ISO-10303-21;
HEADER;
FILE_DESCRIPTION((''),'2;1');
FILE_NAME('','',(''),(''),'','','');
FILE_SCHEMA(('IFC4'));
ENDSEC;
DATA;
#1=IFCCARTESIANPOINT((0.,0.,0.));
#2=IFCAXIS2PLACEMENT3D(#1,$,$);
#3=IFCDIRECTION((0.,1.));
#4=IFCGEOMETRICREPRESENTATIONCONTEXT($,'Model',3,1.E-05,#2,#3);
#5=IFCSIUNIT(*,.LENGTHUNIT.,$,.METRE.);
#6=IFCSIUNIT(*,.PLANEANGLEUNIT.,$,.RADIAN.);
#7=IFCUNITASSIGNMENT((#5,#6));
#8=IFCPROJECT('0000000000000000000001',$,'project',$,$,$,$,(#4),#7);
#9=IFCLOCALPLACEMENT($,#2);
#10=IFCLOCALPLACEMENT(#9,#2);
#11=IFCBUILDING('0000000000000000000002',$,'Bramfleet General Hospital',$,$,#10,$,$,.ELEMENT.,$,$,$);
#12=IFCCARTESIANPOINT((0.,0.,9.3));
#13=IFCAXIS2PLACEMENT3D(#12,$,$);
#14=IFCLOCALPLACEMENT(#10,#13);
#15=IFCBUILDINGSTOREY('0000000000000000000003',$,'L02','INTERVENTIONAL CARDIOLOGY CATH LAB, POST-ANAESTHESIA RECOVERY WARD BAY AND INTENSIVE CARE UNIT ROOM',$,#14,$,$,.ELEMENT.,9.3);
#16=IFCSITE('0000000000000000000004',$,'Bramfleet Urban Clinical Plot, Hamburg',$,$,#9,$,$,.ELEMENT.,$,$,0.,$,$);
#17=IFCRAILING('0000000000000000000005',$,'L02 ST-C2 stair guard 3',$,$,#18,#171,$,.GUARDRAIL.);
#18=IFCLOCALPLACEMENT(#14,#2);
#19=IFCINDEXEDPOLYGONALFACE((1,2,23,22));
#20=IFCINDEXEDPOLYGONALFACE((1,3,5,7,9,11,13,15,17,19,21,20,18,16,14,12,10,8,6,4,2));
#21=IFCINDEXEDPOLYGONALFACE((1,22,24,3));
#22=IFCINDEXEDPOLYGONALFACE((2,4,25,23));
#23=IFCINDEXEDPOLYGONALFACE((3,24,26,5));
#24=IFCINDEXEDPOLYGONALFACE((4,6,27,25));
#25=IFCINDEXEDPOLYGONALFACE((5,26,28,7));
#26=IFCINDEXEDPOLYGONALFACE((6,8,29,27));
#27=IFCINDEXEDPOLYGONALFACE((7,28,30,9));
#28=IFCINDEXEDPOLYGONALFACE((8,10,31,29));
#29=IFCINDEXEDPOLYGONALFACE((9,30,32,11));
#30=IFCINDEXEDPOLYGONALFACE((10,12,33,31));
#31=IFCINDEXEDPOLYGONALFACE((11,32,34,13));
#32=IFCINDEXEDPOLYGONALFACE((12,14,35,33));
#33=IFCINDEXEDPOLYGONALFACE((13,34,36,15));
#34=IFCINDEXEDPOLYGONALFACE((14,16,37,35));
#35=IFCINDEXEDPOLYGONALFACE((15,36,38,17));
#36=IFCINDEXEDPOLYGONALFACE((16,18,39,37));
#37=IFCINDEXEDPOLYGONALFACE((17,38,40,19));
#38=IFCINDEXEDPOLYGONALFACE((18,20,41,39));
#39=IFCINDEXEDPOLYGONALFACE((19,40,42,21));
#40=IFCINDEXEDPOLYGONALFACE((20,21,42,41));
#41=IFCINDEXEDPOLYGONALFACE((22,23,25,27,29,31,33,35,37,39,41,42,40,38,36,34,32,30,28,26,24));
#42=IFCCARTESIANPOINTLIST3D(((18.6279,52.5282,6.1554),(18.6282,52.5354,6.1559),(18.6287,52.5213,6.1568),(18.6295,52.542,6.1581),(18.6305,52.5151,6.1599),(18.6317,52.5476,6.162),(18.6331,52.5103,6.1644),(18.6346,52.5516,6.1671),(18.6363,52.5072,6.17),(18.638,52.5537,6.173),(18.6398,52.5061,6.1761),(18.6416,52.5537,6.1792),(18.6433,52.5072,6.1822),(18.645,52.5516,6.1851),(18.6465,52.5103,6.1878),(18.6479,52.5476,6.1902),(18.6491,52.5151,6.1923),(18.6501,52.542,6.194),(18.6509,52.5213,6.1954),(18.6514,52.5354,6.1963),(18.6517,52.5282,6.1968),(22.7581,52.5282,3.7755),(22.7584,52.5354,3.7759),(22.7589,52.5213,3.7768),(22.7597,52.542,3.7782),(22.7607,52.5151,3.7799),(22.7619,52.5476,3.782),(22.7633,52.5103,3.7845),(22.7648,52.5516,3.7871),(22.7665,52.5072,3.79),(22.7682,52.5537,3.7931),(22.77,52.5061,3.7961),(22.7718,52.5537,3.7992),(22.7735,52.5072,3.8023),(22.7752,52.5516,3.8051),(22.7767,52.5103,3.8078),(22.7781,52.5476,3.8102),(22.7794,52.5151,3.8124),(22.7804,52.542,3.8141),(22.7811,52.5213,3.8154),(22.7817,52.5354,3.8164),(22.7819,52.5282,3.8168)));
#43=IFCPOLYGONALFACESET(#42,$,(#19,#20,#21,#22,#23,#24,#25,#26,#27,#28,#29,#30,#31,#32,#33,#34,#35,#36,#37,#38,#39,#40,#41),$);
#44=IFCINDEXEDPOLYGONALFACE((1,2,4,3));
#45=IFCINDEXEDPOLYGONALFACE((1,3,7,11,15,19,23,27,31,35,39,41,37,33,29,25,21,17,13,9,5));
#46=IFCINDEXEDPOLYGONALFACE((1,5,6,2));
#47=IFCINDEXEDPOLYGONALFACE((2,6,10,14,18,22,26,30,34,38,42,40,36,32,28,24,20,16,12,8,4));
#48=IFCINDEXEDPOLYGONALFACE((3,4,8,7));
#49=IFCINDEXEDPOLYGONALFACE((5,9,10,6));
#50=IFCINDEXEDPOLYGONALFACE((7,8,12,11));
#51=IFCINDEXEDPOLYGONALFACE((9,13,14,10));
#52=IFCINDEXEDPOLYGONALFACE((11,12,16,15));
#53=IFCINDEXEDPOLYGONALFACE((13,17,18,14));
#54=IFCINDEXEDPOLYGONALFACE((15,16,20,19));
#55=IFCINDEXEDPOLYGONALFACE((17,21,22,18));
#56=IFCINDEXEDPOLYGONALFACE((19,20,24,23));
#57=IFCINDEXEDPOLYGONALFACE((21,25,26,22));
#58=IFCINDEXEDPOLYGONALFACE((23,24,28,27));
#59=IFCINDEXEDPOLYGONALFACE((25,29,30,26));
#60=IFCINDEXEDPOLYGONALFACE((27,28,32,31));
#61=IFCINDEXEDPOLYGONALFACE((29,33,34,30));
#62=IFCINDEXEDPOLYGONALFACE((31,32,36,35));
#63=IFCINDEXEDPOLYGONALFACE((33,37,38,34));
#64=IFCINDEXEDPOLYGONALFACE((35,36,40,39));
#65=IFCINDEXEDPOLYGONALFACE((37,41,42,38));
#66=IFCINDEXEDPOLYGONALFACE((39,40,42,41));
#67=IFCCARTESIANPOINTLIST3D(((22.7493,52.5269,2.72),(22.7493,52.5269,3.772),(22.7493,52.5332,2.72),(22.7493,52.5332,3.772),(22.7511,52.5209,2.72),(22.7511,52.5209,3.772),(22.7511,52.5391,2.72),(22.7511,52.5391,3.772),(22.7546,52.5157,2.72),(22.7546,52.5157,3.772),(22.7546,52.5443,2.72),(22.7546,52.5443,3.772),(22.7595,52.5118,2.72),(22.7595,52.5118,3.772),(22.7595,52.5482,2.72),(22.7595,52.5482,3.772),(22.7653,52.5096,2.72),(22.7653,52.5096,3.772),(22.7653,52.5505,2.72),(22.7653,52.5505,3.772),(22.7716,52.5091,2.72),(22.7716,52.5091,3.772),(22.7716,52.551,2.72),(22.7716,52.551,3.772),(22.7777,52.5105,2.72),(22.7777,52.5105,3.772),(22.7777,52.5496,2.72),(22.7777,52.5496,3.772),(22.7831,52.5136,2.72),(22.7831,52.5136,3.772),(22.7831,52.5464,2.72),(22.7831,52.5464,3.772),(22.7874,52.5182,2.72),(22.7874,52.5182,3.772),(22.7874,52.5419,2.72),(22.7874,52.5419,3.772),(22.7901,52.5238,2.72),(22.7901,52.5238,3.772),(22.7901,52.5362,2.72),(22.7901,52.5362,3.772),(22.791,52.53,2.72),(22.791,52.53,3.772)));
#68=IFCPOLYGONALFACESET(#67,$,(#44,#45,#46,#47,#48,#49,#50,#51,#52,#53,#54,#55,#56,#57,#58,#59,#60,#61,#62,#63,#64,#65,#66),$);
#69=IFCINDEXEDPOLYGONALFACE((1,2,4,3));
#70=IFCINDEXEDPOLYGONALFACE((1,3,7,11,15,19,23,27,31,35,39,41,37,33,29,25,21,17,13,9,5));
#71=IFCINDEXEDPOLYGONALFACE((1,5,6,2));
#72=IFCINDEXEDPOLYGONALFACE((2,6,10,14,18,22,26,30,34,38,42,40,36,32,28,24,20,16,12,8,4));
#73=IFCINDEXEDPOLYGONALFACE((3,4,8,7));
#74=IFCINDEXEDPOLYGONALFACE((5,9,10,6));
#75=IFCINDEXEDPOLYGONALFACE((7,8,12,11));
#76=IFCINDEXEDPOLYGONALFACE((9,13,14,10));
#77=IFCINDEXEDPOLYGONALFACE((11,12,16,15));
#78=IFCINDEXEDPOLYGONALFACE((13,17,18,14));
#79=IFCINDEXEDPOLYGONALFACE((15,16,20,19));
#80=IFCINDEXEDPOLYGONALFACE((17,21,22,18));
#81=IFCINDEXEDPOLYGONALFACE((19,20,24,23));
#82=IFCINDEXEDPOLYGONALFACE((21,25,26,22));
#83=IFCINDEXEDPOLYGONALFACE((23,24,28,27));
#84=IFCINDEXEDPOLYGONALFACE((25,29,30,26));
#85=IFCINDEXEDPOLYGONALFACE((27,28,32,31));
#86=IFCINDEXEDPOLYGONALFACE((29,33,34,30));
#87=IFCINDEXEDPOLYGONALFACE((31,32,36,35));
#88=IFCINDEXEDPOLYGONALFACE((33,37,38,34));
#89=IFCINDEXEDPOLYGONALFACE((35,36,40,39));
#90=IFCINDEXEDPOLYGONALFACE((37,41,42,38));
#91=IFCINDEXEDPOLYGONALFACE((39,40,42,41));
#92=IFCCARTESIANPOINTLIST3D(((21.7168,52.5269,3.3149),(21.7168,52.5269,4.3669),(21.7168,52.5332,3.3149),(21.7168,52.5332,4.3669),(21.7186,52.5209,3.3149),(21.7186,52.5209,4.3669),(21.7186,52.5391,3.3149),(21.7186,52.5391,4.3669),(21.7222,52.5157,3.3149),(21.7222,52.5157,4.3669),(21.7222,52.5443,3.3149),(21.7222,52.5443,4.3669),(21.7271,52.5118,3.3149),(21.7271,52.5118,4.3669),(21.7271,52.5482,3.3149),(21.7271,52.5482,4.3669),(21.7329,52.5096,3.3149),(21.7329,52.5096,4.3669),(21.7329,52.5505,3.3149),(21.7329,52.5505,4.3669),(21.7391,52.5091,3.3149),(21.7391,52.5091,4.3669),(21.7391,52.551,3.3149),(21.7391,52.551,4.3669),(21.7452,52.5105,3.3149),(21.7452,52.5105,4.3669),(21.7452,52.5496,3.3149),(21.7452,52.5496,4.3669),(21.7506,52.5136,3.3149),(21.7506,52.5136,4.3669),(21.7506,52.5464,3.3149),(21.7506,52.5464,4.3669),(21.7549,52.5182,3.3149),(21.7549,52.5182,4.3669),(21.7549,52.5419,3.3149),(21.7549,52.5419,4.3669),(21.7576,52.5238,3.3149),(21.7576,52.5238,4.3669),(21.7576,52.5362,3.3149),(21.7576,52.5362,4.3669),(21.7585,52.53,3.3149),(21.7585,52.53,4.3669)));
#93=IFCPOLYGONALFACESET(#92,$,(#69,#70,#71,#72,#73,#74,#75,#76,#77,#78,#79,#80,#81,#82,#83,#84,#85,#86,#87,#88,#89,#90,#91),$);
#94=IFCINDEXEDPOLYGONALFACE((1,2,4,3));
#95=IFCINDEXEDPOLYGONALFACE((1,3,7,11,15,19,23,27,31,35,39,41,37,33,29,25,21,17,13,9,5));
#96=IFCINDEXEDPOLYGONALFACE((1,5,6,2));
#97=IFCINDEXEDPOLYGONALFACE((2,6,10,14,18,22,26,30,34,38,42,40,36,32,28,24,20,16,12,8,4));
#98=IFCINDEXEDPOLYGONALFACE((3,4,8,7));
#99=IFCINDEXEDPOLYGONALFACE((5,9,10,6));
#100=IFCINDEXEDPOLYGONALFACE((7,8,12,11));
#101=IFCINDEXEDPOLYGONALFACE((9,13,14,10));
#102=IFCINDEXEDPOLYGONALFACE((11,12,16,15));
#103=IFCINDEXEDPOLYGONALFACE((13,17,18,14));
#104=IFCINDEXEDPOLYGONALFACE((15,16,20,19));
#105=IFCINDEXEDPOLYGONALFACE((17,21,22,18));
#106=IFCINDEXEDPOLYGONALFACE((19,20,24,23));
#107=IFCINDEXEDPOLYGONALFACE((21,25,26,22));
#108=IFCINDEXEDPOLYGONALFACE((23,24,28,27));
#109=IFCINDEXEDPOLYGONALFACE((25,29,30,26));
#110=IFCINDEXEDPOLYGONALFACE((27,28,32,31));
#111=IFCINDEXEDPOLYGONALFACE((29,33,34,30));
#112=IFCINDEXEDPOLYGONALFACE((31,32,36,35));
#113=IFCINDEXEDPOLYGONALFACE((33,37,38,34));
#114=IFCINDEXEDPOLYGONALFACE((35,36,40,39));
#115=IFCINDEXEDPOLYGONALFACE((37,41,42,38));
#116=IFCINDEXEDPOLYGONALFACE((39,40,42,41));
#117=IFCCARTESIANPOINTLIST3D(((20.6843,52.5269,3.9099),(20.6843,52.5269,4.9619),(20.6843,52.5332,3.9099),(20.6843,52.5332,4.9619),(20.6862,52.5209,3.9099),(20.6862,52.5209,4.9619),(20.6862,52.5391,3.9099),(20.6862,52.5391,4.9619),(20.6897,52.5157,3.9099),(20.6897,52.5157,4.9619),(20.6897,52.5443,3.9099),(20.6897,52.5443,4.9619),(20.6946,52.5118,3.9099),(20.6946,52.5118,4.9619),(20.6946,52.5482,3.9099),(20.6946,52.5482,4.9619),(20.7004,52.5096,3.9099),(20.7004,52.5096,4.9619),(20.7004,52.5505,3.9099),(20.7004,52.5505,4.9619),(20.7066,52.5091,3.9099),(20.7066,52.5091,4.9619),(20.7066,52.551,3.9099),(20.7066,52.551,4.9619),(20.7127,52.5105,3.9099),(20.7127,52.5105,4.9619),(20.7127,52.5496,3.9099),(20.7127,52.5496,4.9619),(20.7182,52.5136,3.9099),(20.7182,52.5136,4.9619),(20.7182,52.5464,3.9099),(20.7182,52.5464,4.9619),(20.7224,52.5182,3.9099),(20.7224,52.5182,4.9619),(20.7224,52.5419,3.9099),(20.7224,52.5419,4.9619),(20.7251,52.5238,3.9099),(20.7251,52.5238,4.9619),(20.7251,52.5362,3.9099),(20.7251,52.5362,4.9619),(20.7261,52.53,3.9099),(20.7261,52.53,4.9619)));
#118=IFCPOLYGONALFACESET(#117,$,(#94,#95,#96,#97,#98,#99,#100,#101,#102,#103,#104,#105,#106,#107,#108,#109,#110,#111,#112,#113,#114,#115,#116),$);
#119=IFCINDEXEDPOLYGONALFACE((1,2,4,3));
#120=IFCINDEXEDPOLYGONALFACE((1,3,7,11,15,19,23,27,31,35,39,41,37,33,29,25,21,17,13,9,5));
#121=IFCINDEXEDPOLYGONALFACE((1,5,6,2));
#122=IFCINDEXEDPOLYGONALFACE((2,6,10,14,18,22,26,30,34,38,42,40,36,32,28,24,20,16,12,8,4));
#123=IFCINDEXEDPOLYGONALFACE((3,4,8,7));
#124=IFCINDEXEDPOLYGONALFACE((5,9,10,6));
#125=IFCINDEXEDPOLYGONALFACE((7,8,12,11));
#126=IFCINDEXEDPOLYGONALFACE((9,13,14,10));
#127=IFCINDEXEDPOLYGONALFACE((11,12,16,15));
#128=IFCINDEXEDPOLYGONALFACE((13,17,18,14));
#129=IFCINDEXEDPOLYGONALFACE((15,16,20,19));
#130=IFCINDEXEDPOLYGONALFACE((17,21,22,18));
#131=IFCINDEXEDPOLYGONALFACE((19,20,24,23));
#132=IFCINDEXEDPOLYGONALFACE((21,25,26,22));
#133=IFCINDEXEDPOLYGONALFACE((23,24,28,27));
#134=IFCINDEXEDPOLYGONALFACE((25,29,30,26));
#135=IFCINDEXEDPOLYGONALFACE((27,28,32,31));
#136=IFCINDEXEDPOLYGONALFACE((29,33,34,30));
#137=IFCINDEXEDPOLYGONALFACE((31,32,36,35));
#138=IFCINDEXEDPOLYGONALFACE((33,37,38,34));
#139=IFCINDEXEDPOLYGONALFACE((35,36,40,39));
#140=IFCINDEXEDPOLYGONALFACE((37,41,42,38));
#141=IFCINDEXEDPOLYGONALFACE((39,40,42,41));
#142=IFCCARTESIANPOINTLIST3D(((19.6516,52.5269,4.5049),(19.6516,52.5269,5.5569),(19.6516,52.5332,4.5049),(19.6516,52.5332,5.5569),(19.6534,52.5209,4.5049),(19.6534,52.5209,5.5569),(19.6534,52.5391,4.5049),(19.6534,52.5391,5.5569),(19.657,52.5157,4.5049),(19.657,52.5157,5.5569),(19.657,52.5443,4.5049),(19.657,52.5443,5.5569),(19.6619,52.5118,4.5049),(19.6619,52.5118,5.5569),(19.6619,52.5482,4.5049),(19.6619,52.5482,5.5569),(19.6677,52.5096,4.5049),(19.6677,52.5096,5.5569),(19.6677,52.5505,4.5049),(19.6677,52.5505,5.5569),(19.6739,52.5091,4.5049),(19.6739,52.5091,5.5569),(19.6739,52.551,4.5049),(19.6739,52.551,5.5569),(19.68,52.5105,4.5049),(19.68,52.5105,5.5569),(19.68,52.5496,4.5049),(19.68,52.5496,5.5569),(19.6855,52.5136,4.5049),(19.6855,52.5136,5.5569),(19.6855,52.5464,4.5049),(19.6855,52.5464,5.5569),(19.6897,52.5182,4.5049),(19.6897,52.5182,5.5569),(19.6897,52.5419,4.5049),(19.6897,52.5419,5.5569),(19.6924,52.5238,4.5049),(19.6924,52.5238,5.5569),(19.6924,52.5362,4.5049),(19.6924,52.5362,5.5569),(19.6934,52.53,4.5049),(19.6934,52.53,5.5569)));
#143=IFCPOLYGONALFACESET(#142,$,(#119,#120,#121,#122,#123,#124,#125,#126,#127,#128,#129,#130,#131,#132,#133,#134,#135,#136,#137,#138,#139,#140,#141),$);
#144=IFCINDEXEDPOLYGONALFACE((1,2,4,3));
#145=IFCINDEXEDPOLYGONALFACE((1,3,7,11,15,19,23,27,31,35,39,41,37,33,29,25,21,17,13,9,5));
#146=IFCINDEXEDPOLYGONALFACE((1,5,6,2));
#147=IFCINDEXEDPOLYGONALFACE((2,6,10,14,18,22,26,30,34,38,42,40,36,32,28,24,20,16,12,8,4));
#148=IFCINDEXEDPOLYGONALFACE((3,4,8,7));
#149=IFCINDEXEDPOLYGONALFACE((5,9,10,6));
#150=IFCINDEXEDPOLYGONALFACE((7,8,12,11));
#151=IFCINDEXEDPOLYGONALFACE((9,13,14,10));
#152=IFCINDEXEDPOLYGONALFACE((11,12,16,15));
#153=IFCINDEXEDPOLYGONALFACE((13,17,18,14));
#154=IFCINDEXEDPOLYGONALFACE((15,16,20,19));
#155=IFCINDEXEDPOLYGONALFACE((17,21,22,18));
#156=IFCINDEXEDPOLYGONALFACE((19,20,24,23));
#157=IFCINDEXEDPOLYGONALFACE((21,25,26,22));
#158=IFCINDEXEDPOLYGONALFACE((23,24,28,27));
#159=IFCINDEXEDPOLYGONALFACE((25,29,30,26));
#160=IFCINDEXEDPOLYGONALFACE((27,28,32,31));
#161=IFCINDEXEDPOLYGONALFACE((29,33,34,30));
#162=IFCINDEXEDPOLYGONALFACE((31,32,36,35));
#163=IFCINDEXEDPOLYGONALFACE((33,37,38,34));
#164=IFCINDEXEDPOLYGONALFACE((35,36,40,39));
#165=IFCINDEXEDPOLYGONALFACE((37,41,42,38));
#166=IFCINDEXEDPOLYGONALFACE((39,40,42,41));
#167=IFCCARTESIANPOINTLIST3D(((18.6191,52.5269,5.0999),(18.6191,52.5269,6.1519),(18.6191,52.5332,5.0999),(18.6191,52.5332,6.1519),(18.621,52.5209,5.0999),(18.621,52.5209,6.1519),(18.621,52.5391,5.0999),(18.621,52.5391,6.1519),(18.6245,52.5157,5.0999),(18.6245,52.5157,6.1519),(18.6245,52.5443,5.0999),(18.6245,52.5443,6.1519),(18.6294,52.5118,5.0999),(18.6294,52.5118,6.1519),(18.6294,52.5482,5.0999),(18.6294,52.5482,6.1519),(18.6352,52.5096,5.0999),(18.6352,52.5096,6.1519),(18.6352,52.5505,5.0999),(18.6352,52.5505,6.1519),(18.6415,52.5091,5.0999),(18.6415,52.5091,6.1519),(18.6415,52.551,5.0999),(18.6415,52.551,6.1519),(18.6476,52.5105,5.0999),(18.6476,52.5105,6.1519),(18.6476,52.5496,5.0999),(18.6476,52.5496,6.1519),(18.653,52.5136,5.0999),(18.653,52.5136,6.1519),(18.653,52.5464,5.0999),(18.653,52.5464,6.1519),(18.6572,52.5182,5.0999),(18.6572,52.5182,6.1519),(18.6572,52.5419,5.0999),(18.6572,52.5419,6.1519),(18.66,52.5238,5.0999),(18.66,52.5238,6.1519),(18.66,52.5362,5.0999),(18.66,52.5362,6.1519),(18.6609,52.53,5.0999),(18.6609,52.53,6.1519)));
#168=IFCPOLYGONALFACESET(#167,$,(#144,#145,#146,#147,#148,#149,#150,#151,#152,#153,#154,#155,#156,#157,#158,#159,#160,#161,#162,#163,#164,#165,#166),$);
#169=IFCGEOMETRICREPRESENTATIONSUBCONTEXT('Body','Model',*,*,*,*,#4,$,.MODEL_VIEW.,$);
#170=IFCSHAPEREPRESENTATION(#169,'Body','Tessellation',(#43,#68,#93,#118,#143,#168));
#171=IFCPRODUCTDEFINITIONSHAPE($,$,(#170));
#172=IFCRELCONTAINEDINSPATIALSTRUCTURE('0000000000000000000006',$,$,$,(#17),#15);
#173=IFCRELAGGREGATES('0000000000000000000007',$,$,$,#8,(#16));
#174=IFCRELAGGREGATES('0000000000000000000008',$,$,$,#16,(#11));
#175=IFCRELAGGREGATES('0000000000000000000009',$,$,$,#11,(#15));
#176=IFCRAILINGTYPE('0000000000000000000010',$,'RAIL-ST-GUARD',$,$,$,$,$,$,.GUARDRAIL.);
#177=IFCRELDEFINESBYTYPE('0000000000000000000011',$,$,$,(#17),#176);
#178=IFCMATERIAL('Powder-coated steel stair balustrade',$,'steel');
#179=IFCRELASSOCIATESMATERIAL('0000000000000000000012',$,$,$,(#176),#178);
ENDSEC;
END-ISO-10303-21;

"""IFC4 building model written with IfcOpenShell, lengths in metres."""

from ifc_helpers import new_model, si_unit, direction, frame, origin, origin_2d, place, context, subcontext, project, spatial, circle, extrude, material, type_object, element, save


model = new_model("IFC4")

# Units and contexts
model_context = context("Model", 3, precision=1e-05, world=origin(), true_north=direction((0.0, 1.0)))
body_context = subcontext(model_context, "Body", "Model", "MODEL_VIEW")
ifc_project = project(units=[si_unit("LENGTHUNIT", "METRE"), si_unit("PLANEANGLEUNIT", "RADIAN")], contexts=[model_context])

# Site, building, storey
site_placement = place(None, origin())
site = spatial("IfcSite", under=ifc_project, at=site_placement, Name="Bramfleet Urban Clinical Plot, Hamburg", CompositionType="ELEMENT", RefElevation=0.0)
building_placement = place(site_placement, origin())
building = spatial("IfcBuilding", under=site, at=building_placement, Name="Bramfleet General Hospital", CompositionType="ELEMENT")
storey_placement = place(building_placement, frame((0.0, 0.0, 9.3)))
storey = spatial("IfcBuildingStorey", under=building, at=storey_placement, Name="L02", Description="INTERVENTIONAL CARDIOLOGY CATH LAB, POST-ANAESTHESIA RECOVERY WARD BAY AND INTENSIVE CARE UNIT ROOM", CompositionType="ELEMENT", Elevation=9.3)

# Railing
ifc_material_1 = material(Name="Powder-coated steel stair balustrade", Category="steel")
railing_type_1 = type_object("IfcRailingType", Name="RAIL-ST-GUARD", PredefinedType="GUARDRAIL", material=ifc_material_1)
railing_1_placement = place(storey_placement, frame((22.77, 52.53, 2.72)))
element("IfcRailing", 1, at=railing_1_placement, inside=storey, type_object=railing_type_1, Name="L02 ST-C2 stair guard 3", PredefinedType="GUARDRAIL", context=body_context, shape_type="SweptSolid", body=[
    extrude(circle(Radius=0.0239, at=origin_2d()), frame((0.0, 0.0, 1.0762), z_axis=(-0.866447, 0.0, 0.499269), x_axis=(0.0, -1.0, 0.0)), (0.0, 0.0, 1.0), 4.7668),
    extrude(circle(Radius=0.021, at=origin_2d()), origin(), (0.0, 0.0, 1.0), 1.052),
    extrude(circle(Radius=0.021, at=origin_2d()), frame((-1.0325, 0.0, 0.595)), (0.0, 0.0, 1.0), 1.052),
    extrude(circle(Radius=0.021, at=origin_2d()), frame((-2.0649, 0.0, 1.1899)), (0.0, 0.0, 1.0), 1.052),
    extrude(circle(Radius=0.021, at=origin_2d()), frame((-3.0977, 0.0, 1.7849)), (0.0, 0.0, 1.0), 1.052),
    extrude(circle(Radius=0.021, at=origin_2d()), frame((-4.1301, 0.0, 2.3799)), (0.0, 0.0, 1.0), 1.052),
])

save(model, "model.ifc")
